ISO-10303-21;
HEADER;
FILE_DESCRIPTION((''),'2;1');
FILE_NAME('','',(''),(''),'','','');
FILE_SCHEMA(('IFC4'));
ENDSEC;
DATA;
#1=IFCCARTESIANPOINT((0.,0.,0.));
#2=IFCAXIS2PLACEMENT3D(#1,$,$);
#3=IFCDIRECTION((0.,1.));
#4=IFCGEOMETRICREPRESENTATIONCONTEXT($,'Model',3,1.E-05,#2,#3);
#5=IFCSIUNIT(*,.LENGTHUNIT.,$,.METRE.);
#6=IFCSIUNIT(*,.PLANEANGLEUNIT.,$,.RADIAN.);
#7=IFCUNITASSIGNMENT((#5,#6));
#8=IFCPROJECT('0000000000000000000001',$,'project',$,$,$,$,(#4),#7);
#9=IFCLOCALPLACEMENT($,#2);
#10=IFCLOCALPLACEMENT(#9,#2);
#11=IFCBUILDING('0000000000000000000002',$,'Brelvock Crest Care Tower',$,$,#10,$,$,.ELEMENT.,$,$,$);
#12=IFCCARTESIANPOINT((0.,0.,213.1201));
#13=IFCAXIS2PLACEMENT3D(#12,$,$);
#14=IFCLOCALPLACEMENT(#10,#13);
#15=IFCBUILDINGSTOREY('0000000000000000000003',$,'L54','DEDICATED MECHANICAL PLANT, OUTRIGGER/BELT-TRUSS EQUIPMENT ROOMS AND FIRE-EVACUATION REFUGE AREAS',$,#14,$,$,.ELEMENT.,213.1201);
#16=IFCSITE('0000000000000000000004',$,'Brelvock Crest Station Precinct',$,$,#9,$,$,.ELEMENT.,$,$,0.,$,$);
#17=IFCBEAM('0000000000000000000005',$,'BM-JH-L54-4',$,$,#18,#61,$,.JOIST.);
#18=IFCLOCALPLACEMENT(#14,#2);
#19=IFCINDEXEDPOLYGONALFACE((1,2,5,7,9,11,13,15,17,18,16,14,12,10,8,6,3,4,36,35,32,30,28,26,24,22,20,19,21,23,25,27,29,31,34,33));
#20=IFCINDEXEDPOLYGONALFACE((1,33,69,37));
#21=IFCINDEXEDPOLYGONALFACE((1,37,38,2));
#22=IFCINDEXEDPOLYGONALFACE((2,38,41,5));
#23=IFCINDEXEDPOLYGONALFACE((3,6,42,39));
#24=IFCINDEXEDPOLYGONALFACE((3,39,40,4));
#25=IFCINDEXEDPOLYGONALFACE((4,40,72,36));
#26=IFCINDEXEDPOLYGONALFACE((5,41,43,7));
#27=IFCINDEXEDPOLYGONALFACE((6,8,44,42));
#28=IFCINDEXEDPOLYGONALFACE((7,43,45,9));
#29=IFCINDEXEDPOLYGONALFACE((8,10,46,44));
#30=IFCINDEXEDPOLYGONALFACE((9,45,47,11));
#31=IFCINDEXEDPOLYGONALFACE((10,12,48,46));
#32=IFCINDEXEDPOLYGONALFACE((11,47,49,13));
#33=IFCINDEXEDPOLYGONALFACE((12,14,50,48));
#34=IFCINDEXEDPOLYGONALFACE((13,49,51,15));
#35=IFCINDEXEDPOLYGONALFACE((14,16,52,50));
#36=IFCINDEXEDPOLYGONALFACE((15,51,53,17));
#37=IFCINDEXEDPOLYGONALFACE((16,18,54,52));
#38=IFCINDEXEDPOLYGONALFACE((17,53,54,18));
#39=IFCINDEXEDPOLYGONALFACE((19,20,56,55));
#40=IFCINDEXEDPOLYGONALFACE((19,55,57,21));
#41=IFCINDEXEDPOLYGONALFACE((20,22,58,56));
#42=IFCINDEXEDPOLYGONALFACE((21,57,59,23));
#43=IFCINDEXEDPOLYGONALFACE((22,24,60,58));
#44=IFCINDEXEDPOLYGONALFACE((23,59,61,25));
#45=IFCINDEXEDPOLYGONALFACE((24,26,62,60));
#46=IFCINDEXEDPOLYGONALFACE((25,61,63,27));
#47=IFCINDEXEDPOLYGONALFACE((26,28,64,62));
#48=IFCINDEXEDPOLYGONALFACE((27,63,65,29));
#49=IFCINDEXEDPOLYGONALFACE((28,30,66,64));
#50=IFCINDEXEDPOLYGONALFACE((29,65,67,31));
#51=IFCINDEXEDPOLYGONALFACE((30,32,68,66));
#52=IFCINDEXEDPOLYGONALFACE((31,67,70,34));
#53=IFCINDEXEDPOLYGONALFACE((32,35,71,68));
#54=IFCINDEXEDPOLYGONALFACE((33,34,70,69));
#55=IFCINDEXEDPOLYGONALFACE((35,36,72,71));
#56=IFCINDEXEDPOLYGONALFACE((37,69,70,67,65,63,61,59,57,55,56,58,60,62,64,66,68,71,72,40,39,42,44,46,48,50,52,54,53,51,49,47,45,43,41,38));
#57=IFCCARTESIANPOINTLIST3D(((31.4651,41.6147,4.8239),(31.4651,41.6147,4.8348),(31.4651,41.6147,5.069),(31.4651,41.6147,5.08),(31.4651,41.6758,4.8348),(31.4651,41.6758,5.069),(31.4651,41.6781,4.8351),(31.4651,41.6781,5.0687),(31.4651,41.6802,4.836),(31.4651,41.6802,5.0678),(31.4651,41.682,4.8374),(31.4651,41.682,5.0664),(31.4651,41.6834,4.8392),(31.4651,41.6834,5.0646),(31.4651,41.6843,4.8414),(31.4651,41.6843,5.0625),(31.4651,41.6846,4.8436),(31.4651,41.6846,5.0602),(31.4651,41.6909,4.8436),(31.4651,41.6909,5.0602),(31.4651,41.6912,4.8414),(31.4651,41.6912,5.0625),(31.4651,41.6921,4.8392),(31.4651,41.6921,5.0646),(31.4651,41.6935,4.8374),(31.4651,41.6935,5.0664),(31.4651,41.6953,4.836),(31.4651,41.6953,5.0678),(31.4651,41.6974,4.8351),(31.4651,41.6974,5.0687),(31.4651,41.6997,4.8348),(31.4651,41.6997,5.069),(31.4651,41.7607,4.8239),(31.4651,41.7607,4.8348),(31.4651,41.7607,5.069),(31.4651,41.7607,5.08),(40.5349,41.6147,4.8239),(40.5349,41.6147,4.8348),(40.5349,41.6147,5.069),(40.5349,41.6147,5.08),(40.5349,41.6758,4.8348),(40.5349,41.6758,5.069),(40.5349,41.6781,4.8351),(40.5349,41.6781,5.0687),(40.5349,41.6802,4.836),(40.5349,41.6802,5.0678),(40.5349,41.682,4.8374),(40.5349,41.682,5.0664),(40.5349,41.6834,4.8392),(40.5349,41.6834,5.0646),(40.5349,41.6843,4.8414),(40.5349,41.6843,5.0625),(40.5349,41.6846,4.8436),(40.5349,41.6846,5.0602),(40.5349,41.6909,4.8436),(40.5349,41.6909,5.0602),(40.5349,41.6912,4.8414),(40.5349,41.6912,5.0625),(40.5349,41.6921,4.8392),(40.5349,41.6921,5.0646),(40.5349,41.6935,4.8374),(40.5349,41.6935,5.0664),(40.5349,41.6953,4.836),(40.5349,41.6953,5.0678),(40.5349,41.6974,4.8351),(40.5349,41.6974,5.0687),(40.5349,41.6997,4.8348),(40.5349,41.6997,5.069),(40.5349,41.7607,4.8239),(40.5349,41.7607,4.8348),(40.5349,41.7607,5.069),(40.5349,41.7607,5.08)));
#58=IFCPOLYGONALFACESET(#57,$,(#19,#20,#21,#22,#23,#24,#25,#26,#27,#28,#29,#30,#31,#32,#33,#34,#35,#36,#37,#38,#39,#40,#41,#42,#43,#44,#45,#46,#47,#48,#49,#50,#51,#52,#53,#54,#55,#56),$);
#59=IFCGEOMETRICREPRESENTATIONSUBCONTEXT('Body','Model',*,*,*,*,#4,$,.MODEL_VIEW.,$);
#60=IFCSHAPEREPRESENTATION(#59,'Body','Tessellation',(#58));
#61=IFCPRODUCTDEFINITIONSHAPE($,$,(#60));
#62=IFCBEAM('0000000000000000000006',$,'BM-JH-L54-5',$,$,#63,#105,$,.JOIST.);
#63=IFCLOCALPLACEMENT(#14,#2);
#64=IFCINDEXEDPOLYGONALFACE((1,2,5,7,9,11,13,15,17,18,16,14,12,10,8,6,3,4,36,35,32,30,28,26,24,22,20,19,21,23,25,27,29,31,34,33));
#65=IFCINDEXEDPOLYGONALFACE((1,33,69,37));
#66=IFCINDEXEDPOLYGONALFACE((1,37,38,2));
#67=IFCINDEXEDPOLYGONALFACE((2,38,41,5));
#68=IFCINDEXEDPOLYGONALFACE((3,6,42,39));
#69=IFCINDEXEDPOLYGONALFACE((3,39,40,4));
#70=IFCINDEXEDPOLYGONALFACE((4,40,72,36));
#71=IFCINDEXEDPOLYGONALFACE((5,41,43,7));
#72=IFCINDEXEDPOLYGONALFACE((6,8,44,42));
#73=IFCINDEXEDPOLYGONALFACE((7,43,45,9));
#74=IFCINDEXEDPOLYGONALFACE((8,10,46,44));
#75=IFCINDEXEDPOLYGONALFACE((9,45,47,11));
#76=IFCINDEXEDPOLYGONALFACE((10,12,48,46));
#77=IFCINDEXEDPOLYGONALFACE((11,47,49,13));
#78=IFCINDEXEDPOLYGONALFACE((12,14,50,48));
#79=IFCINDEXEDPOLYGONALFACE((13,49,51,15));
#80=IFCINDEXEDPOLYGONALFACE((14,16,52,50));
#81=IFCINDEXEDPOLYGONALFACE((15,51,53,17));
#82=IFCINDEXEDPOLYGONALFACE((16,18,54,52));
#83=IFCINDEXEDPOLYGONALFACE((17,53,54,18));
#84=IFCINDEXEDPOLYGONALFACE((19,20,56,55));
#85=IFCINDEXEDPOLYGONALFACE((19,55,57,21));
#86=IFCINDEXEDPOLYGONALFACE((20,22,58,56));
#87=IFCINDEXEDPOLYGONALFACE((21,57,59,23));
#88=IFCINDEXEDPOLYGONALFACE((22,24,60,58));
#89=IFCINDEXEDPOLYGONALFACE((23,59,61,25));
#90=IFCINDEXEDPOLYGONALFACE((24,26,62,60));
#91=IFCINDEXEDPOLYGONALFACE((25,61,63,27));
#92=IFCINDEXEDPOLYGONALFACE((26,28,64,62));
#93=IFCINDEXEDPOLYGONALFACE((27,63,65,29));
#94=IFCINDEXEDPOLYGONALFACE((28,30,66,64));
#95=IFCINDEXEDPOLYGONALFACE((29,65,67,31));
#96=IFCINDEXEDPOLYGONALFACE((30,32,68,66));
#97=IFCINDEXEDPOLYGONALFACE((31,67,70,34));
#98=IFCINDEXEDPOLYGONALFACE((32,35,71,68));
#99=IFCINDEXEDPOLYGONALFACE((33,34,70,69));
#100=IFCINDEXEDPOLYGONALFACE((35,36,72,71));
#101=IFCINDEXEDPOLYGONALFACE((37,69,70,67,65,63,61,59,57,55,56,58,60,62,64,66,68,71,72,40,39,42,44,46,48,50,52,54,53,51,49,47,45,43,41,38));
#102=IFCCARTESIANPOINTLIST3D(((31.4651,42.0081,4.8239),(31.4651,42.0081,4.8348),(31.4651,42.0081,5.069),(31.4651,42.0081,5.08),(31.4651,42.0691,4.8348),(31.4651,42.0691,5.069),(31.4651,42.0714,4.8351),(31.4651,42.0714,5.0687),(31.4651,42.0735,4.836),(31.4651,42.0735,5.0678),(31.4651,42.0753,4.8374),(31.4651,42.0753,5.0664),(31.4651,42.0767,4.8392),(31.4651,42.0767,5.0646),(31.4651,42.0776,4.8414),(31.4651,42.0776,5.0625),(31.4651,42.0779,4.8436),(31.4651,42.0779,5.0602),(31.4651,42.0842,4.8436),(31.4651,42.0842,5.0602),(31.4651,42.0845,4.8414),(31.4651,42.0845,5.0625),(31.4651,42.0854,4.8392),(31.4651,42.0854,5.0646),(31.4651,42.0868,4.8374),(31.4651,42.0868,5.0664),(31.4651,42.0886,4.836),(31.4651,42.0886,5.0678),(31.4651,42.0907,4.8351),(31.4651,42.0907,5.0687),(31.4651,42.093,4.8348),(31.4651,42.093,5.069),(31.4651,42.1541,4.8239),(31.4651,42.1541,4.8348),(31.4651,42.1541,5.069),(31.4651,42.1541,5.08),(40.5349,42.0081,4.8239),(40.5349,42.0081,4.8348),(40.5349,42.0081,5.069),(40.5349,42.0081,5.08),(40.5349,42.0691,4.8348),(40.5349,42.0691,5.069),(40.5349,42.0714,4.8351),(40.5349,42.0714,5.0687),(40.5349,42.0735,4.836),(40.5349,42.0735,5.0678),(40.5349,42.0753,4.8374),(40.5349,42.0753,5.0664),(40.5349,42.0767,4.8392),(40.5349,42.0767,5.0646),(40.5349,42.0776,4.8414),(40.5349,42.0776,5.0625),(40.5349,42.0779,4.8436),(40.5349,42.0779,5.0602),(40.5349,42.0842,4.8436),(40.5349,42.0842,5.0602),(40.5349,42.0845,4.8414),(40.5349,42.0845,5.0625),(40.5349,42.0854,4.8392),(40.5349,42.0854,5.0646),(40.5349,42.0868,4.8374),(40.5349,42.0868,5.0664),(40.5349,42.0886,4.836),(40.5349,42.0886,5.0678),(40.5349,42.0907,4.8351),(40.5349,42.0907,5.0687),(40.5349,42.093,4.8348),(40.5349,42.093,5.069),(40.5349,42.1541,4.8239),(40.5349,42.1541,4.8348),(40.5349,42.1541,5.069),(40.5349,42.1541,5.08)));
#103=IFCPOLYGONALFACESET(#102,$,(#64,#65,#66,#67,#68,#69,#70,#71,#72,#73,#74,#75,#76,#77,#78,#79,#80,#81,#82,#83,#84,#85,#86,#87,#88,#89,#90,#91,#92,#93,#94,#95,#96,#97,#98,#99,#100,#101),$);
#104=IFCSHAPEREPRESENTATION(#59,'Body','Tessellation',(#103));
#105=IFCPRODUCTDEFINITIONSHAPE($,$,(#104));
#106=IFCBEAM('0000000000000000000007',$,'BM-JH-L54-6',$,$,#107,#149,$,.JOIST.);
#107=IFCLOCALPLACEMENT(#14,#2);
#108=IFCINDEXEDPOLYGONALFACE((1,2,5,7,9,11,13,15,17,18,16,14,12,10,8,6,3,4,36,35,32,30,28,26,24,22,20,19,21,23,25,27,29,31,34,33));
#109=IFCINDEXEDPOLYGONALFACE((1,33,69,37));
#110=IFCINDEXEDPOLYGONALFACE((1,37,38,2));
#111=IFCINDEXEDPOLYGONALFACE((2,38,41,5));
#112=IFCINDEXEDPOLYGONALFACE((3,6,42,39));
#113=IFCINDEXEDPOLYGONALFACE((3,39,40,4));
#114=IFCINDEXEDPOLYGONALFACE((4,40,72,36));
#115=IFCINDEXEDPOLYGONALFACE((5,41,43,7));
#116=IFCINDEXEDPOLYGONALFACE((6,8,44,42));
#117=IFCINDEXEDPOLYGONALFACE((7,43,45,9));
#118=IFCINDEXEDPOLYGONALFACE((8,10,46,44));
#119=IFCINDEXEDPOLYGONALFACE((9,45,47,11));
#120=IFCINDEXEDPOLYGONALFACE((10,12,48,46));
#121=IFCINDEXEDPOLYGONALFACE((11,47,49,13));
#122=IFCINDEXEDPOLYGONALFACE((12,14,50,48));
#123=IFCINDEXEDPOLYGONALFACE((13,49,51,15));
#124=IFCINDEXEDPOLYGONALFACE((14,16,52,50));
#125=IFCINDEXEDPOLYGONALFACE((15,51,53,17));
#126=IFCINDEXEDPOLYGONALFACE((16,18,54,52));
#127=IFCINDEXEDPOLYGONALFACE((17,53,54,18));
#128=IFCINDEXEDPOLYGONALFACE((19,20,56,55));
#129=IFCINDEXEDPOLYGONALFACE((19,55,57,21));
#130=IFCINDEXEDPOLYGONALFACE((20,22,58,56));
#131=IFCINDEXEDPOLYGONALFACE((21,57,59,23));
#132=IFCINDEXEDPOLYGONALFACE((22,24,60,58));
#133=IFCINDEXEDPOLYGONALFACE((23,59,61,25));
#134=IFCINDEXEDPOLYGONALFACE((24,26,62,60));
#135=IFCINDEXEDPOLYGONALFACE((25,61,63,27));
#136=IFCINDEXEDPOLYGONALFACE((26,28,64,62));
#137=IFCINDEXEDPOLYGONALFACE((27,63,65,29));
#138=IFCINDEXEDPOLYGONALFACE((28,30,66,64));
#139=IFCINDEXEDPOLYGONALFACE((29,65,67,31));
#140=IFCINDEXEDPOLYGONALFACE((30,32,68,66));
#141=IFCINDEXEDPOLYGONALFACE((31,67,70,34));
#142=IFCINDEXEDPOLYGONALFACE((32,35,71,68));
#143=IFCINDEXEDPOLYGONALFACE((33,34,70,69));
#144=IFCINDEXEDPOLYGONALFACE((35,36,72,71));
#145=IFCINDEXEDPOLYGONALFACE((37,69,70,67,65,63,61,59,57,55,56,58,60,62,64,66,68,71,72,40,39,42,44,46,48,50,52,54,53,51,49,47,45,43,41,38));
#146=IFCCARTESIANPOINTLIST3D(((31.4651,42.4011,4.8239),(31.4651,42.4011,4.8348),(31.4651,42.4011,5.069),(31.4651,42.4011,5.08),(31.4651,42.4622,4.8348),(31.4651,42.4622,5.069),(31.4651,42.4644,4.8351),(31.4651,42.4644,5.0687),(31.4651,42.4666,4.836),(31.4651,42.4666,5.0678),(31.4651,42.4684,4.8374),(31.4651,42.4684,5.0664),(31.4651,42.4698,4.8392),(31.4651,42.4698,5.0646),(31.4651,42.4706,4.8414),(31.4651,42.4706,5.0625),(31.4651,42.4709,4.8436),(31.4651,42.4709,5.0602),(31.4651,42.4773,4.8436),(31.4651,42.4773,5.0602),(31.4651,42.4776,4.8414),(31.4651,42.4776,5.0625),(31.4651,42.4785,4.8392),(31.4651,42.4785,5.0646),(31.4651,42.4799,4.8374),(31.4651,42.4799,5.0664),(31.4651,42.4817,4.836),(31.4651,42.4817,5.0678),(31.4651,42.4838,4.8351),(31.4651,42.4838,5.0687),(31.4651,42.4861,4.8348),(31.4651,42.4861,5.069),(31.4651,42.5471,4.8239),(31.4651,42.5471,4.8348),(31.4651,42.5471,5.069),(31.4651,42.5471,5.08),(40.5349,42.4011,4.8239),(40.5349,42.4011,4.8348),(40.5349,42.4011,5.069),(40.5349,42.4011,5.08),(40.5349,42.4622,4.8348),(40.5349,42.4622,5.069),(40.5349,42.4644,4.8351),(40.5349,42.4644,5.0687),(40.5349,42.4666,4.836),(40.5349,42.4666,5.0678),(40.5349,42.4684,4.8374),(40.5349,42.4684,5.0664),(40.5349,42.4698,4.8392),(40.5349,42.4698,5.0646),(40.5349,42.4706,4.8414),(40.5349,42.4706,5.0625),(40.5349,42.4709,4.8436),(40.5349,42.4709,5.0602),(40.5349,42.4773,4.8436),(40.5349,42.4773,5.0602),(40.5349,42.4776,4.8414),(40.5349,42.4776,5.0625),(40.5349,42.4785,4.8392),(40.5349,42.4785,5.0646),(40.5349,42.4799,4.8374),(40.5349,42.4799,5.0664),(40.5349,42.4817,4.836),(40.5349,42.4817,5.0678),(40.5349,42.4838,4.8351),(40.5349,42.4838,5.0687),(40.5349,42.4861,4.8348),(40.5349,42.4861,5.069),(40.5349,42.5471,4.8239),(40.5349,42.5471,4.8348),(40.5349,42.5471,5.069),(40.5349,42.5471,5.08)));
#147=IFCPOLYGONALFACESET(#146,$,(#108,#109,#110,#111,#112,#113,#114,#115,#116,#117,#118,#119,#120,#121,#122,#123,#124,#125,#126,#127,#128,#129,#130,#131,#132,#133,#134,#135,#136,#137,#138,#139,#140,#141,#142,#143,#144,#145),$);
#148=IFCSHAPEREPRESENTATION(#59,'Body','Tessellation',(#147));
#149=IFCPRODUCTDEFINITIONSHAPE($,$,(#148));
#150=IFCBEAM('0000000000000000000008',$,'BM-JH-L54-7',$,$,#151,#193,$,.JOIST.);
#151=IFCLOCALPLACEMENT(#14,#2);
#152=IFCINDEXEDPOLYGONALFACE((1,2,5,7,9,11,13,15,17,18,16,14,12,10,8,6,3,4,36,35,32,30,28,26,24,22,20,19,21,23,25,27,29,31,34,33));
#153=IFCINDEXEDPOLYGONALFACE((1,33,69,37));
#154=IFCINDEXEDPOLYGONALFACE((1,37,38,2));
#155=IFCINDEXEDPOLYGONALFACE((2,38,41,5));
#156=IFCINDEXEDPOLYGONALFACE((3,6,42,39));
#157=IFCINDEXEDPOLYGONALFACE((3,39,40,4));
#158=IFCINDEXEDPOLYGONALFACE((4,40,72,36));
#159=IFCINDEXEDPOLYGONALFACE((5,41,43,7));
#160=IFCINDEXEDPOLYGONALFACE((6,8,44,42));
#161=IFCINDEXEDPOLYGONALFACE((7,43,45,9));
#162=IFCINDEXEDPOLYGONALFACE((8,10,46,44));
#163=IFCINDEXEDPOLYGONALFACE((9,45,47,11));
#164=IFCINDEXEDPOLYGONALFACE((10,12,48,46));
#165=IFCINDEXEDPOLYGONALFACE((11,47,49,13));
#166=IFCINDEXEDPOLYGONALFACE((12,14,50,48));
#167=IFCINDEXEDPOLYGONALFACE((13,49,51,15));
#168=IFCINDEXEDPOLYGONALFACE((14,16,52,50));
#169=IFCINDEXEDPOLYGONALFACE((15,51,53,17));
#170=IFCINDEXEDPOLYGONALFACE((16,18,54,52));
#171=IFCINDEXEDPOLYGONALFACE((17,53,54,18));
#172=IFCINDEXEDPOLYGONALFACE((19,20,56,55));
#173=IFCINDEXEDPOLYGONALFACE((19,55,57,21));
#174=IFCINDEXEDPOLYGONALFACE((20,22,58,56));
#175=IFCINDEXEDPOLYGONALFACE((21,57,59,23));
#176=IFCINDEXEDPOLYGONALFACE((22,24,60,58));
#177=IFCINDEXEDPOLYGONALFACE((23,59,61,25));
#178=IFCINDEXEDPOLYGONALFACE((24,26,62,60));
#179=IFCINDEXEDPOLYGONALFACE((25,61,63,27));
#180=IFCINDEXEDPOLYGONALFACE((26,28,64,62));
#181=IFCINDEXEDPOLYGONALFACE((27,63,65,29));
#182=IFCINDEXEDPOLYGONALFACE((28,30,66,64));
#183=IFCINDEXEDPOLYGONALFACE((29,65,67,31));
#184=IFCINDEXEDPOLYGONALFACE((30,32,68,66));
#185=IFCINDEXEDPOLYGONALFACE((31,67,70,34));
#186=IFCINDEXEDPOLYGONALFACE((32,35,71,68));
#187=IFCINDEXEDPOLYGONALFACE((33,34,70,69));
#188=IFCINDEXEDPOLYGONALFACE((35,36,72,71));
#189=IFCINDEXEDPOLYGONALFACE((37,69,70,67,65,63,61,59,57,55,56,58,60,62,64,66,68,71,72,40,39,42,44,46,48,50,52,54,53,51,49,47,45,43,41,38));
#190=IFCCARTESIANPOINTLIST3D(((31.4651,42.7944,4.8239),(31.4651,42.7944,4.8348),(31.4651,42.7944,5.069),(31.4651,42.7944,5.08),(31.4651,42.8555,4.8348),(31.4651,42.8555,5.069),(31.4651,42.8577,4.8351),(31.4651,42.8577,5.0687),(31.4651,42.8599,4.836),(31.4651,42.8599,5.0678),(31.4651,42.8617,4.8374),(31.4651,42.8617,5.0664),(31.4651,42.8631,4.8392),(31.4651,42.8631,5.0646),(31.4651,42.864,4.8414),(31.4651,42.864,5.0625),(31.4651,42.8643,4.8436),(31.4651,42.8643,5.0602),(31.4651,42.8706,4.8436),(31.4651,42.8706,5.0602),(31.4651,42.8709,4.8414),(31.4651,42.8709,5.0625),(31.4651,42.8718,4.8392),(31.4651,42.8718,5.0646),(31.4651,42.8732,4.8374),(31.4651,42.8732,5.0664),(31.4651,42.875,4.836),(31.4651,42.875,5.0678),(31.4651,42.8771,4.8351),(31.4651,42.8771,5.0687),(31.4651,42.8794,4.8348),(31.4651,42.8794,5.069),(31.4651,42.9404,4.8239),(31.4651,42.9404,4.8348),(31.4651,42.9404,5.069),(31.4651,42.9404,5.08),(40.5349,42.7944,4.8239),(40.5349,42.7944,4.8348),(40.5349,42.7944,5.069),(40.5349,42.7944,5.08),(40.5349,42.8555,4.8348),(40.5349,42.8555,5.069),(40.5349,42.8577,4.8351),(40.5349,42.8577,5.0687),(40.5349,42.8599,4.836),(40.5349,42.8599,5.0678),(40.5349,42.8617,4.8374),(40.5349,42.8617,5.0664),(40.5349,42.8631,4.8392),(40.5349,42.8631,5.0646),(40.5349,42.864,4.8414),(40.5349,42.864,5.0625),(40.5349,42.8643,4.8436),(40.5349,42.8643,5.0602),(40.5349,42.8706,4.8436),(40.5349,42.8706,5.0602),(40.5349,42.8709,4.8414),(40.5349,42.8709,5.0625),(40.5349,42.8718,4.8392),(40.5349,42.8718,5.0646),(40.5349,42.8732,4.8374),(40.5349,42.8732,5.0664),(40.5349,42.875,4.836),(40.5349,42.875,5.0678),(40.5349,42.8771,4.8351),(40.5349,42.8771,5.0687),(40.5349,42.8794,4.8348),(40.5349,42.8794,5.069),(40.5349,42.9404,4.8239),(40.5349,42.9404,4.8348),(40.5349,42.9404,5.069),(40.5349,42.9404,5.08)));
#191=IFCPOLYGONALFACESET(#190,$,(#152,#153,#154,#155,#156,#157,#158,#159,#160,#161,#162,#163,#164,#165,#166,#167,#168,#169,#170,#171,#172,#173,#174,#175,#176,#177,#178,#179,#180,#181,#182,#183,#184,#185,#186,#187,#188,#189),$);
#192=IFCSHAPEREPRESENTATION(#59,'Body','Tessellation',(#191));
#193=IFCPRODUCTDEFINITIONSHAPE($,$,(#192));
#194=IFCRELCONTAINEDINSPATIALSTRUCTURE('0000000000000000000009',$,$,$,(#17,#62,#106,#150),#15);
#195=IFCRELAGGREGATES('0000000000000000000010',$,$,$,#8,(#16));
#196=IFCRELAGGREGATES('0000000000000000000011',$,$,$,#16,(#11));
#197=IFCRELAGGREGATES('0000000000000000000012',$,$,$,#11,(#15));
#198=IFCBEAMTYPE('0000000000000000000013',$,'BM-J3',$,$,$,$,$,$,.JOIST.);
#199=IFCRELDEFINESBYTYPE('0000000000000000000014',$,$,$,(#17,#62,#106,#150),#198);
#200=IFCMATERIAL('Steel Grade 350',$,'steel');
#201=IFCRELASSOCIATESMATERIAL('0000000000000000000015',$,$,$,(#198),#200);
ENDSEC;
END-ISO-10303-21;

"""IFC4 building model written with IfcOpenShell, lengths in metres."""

from ifc_helpers import new_model, si_unit, direction, frame, origin, origin_2d, place, context, subcontext, project, spatial, i_section, extrude, source, transform, mapped, material, material_profile, profile_set, type_object, element, save


model = new_model("IFC4")

# Units and contexts
model_context = context("Model", 3, precision=1e-05, world=origin(), true_north=direction((0.0, 1.0)))
body_context = subcontext(model_context, "Body", "Model", "MODEL_VIEW")
ifc_project = project(units=[si_unit("LENGTHUNIT", "METRE"), si_unit("PLANEANGLEUNIT", "RADIAN")], contexts=[model_context])

# Site, building, storey
site_placement = place(None, origin())
site = spatial("IfcSite", under=ifc_project, at=site_placement, Name="Brelvock Crest Station Precinct", CompositionType="ELEMENT", RefElevation=0.0)
building_placement = place(site_placement, origin())
building = spatial("IfcBuilding", under=site, at=building_placement, Name="Brelvock Crest Care Tower", CompositionType="ELEMENT")
storey_placement = place(building_placement, frame((0.0, 0.0, 213.1201)))
storey = spatial("IfcBuildingStorey", under=building, at=storey_placement, Name="L54", Description="DEDICATED MECHANICAL PLANT, OUTRIGGER/BELT-TRUSS EQUIPMENT ROOMS AND FIRE-EVACUATION REFUGE AREAS", CompositionType="ELEMENT", Elevation=213.1201)

# Shared definitions
ifc_material = material(Name="Steel Grade 350", Category="steel")

# Beams
ifc_material_profile_1 = material_profile(ifc_material, i_section(OverallWidth=0.146, OverallDepth=0.2561, WebThickness=0.0063, FlangeThickness=0.011, FilletRadius=0.0088, at=origin_2d()), Name="250UB37.3")
ifc_profile_set_1 = profile_set([ifc_material_profile_1], Name="Steel Grade 350")
beam_type_1 = type_object("IfcBeamType", Name="BM-J3", PredefinedType="JOIST", material=ifc_profile_set_1)
shared_shape_1 = source(origin(), body_context, "Body", "SweptSolid", [
    extrude(i_section(OverallWidth=0.146, OverallDepth=0.2561, WebThickness=0.0063, FlangeThickness=0.011, FilletRadius=0.0088, at=origin_2d()), origin(), (0.0, 0.0, 1.0), 9.0698),
])
for number, where, z_axis, x_axis, name in (
    (1, (31.4651, 41.6877, 4.9519), (1.0, 0.0, 0.0), (0.0, 1.0, 0.0), "BM-JH-L54-4"),
    (2, (31.4651, 42.0811, 4.9519), (1.0, 0.0, 0.0), (0.0, 1.0, 0.0), "BM-JH-L54-5"),
    (3, (31.4651, 42.4741, 4.9519), (1.0, 0.0, 0.0), (0.0, 1.0, 0.0), "BM-JH-L54-6"),
    (4, (31.4651, 42.8674, 4.9519), (1.0, 0.0, 0.0), (0.0, 1.0, 0.0), "BM-JH-L54-7"),
):
    element("IfcBeam", number, at=place(storey_placement, frame(where, z_axis=z_axis, x_axis=x_axis)), inside=storey, type_object=beam_type_1, Name=name, PredefinedType="JOIST", context=body_context, shape_type="MappedRepresentation", body=[
        mapped(shared_shape_1, transform((0.0, 0.0, 0.0), x_axis=(1.0, 0.0, 0.0), y_axis=(0.0, 1.0, 0.0), z_axis=(0.0, 0.0, 1.0), scale=1.0)),
    ])

save(model, "model.ifc")
